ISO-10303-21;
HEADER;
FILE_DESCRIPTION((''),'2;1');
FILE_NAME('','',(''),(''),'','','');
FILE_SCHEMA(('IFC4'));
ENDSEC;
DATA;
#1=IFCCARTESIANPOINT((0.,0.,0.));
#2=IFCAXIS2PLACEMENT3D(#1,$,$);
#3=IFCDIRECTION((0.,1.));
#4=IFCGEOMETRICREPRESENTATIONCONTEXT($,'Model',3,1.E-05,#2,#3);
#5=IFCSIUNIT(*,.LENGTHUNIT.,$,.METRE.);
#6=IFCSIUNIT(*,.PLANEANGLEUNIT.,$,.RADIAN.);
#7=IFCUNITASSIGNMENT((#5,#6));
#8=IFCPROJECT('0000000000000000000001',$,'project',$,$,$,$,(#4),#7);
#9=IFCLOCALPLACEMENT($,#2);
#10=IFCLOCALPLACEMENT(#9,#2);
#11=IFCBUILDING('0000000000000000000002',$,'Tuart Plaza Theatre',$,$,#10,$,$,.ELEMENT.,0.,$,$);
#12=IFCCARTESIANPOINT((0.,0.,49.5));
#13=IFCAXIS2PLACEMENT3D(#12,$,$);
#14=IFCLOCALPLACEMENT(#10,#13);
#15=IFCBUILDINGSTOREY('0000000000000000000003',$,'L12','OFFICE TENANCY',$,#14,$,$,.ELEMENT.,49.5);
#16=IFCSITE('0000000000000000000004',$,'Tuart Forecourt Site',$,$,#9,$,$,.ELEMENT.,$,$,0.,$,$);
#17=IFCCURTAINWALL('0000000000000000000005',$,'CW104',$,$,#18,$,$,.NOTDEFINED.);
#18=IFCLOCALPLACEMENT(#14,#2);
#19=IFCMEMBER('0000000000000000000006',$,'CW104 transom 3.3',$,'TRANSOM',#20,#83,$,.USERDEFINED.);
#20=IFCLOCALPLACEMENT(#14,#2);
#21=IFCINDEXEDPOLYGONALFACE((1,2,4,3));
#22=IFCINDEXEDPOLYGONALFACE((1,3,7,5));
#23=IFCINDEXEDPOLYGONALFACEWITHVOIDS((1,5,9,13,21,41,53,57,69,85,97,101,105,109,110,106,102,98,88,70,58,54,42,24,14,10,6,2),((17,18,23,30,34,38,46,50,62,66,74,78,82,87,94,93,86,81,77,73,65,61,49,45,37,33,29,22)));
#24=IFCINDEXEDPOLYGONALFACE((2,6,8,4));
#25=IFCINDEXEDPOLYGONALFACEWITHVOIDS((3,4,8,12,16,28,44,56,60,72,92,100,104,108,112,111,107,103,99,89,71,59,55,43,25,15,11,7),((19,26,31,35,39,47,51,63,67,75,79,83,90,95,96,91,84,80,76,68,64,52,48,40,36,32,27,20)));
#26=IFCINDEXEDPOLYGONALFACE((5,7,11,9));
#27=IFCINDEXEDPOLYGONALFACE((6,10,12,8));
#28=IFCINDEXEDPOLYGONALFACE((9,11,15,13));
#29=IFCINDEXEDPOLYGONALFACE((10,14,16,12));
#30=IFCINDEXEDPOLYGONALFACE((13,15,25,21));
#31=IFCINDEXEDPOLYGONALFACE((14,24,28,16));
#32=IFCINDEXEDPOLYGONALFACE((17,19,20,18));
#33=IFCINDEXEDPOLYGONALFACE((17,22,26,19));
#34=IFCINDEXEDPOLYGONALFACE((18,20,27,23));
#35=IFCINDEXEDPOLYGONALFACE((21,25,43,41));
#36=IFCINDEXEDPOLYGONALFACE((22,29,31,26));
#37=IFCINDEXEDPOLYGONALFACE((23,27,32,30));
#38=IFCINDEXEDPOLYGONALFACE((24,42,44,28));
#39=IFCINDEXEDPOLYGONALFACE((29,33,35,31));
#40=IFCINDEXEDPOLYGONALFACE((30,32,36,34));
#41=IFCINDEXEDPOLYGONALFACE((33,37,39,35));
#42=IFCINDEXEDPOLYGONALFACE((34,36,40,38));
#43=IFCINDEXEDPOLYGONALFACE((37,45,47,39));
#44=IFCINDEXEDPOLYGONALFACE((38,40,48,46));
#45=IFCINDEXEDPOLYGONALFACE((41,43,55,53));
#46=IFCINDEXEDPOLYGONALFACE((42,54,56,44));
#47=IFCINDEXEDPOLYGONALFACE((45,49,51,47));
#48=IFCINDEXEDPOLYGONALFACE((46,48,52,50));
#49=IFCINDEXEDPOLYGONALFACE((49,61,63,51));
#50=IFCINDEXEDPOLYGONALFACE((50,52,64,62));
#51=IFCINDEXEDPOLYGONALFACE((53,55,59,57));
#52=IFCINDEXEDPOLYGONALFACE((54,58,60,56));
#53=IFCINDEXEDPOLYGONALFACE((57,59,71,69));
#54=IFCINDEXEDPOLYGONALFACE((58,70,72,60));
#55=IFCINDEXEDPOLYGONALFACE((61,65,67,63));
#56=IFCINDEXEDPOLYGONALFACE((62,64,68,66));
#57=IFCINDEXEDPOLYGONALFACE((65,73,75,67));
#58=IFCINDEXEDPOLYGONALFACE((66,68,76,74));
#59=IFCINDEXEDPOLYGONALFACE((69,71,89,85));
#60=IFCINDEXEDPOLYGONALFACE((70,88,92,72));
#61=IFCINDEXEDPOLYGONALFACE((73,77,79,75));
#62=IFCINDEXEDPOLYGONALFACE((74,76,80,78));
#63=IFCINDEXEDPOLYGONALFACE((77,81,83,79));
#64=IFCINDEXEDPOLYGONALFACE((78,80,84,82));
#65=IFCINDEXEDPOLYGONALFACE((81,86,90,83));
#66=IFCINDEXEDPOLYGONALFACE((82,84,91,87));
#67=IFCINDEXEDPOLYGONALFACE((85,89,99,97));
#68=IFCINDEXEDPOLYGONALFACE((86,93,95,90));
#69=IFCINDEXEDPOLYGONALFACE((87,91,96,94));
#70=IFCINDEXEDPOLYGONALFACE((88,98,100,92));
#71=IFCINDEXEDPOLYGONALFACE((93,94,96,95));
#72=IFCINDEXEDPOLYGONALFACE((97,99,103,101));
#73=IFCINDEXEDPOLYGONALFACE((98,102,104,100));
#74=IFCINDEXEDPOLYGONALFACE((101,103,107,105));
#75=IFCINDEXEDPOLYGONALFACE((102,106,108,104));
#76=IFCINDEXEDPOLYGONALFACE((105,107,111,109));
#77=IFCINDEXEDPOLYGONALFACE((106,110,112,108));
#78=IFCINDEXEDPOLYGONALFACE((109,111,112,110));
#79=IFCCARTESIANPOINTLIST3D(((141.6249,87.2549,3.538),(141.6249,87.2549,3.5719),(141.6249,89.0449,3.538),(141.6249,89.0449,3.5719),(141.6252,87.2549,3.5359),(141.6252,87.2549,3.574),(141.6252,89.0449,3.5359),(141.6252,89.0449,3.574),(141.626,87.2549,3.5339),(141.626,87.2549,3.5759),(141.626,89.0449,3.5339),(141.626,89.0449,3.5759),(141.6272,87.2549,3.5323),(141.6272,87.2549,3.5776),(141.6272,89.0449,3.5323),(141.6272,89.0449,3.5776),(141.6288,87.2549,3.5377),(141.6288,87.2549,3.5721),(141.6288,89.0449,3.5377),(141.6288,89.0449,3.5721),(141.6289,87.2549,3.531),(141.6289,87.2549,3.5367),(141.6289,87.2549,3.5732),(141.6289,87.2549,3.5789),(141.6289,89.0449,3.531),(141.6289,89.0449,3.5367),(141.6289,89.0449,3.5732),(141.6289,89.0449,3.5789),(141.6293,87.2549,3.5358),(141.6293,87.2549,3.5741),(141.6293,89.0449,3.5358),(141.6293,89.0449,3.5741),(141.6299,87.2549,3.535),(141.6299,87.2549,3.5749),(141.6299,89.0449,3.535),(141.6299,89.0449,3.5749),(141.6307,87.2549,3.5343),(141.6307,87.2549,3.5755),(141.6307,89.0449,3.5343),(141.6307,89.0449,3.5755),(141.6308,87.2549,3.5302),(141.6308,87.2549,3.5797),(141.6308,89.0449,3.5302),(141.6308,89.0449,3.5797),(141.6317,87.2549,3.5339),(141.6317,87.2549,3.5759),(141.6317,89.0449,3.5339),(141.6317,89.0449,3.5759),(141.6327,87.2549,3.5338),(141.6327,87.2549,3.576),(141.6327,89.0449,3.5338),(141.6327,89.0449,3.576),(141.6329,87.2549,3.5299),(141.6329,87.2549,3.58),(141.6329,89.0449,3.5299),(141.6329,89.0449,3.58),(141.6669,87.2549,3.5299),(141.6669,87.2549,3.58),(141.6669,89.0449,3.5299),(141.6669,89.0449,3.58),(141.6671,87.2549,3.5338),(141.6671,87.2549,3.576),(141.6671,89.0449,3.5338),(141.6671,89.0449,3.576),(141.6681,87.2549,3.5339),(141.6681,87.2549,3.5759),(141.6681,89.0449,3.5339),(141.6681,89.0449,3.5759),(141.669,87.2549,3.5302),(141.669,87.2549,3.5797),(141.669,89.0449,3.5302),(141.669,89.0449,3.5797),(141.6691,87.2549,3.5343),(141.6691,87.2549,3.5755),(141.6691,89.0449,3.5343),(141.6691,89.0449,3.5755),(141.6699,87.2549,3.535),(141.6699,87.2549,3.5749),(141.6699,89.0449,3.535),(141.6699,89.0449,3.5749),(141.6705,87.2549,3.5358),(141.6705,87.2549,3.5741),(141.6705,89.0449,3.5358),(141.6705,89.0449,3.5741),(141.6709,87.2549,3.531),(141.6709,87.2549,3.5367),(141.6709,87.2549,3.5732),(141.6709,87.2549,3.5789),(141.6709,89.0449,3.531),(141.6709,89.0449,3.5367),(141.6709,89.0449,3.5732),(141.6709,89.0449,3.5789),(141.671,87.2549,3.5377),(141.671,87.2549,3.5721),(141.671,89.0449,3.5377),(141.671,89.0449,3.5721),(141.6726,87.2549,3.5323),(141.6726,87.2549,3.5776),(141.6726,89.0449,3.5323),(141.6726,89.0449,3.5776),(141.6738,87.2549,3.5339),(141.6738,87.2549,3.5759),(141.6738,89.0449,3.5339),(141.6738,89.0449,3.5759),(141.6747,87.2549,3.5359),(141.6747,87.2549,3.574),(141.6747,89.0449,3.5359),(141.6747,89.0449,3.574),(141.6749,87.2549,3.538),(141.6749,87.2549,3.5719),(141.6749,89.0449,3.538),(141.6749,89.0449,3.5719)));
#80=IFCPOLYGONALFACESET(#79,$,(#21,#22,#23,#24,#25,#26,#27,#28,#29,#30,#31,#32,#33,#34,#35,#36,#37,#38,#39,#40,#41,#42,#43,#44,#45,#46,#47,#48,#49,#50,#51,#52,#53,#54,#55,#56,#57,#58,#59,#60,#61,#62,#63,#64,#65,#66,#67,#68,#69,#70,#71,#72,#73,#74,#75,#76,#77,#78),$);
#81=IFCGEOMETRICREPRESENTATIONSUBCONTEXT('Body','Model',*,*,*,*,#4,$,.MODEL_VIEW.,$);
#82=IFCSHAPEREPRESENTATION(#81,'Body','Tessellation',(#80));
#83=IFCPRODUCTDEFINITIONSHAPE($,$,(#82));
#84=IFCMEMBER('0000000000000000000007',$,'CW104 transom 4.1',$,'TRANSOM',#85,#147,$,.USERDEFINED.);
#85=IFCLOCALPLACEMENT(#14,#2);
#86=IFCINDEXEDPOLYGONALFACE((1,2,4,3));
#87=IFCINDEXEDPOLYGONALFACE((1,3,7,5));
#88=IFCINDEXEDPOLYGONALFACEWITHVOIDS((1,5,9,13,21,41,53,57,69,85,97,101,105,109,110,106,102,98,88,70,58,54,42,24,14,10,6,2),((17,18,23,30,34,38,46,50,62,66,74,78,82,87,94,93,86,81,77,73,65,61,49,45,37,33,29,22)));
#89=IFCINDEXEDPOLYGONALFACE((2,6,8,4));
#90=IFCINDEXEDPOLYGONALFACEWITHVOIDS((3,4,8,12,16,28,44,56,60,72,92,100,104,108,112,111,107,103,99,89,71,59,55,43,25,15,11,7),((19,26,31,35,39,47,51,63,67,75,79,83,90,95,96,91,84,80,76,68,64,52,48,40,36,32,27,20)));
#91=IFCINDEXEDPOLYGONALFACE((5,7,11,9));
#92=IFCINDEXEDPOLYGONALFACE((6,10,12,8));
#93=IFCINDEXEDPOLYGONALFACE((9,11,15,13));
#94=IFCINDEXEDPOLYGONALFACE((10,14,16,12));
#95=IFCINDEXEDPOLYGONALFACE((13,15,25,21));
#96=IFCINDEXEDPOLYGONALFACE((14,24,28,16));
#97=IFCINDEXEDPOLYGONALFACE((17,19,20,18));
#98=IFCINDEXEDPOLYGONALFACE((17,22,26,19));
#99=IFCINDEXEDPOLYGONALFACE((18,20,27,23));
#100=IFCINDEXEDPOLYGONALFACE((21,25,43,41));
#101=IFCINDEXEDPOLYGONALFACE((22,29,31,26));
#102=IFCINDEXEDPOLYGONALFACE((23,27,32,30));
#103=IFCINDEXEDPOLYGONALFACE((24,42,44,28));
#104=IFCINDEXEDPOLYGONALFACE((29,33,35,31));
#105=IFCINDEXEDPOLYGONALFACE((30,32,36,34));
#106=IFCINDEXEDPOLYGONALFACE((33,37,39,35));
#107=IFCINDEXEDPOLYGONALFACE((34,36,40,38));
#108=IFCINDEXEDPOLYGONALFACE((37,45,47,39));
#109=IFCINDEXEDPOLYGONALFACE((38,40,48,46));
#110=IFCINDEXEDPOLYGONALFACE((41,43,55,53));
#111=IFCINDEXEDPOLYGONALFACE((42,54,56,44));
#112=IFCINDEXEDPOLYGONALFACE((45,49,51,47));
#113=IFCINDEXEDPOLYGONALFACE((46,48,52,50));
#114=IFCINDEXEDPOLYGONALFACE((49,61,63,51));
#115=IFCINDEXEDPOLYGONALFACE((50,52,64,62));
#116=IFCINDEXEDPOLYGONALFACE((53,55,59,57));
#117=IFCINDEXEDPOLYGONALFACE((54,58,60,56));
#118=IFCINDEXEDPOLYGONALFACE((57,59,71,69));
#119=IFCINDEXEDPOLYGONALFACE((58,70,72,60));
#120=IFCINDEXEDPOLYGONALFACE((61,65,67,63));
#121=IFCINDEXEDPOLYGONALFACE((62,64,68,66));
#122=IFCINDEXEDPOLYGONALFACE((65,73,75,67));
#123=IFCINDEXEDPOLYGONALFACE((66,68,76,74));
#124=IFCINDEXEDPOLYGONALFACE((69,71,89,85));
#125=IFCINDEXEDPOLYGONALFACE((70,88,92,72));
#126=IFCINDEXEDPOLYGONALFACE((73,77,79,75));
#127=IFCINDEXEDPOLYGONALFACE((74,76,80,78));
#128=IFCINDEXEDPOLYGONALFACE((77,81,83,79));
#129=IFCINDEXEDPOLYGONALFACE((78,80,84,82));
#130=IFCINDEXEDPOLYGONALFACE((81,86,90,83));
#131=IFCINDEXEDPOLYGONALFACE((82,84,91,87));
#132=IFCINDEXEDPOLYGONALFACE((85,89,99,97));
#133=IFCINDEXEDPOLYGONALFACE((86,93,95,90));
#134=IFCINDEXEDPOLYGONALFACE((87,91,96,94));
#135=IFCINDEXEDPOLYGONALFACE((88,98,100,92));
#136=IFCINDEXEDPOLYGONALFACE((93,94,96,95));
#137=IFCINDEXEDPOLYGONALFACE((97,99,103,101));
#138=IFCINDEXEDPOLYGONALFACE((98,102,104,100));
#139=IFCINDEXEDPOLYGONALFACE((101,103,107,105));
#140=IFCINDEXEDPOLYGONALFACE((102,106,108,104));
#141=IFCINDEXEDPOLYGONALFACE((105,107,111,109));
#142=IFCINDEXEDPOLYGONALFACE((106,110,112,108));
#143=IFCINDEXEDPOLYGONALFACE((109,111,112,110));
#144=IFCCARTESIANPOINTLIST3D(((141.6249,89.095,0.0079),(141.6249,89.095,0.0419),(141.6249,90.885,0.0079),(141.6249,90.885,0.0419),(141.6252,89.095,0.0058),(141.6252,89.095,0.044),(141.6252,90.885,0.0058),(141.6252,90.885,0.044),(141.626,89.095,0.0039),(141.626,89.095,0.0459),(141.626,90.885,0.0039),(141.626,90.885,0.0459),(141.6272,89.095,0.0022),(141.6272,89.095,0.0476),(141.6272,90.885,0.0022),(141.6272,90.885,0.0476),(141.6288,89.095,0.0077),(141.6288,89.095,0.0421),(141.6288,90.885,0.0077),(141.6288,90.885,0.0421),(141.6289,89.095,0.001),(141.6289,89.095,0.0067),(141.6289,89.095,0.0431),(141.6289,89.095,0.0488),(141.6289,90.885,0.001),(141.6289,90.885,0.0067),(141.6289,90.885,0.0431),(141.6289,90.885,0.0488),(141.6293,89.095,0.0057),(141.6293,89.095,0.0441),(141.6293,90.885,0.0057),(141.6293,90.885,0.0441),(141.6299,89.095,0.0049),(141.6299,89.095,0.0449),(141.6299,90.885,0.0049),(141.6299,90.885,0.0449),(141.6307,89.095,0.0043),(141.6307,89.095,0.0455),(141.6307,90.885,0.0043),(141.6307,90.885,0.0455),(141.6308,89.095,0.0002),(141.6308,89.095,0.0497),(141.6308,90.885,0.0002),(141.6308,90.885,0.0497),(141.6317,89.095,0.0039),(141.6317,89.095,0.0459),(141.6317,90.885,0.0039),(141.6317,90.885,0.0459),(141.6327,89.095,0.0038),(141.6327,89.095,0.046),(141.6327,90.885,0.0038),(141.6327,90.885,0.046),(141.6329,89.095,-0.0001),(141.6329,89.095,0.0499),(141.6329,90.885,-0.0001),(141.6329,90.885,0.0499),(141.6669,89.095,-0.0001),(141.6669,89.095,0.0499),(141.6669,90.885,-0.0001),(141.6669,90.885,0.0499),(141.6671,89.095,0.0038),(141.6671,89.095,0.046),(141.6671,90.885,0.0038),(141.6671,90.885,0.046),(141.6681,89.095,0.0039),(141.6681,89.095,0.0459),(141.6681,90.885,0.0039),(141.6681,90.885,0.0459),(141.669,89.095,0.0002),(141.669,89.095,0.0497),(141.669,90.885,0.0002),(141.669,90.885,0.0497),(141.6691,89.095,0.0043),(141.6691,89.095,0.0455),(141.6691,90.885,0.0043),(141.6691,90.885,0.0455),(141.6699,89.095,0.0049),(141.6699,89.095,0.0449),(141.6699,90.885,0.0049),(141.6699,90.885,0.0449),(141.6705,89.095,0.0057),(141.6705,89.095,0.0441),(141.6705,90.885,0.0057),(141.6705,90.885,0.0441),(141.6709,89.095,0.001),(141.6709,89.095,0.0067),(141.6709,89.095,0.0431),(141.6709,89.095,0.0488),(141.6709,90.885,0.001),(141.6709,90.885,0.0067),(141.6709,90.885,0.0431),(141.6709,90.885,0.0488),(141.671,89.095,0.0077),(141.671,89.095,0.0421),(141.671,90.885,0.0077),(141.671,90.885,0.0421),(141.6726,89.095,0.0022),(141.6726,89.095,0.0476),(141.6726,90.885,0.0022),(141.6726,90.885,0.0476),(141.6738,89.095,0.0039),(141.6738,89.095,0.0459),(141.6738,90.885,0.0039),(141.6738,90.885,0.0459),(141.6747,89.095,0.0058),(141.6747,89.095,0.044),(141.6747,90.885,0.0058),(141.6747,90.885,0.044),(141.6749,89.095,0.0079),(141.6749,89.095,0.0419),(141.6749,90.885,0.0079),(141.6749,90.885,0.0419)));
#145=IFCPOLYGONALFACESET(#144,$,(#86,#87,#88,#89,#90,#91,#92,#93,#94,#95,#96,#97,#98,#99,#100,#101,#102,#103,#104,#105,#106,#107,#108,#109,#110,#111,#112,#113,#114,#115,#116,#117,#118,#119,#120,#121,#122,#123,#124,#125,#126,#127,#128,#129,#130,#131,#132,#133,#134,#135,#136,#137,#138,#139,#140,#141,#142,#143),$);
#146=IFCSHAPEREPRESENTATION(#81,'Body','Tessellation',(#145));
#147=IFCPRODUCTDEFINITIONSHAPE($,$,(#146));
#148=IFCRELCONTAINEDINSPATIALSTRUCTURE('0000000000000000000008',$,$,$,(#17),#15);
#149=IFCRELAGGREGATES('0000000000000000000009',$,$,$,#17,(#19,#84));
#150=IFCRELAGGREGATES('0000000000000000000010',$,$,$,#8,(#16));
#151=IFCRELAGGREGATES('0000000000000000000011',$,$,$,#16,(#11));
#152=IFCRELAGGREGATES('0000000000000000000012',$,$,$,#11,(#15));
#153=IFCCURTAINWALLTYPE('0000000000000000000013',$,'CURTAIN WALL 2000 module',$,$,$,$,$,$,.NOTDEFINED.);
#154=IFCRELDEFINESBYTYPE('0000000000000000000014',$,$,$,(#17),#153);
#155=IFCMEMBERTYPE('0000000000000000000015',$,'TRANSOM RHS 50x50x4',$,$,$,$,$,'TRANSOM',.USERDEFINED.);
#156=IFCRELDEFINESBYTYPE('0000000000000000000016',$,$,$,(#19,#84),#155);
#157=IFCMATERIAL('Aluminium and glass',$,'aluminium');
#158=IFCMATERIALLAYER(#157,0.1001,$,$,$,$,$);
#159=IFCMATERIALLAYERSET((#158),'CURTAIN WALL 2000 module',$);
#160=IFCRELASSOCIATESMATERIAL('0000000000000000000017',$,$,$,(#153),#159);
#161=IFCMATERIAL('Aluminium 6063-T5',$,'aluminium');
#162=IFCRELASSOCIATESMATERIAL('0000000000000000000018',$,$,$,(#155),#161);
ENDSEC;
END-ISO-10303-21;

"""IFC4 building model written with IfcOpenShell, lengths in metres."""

from ifc_helpers import new_model, si_unit, direction, frame, origin, origin_2d, place, context, subcontext, project, spatial, hollow_rectangle, extrude, material, layer, layer_set, material_profile, profile_set, type_object, element, aggregate, save


model = new_model("IFC4")

# Units and contexts
model_context = context("Model", 3, precision=1e-05, world=origin(), true_north=direction((0.0, 1.0)))
body_context = subcontext(model_context, "Body", "Model", "MODEL_VIEW")
ifc_project = project(units=[si_unit("LENGTHUNIT", "METRE"), si_unit("PLANEANGLEUNIT", "RADIAN")], contexts=[model_context])

# Site, building, storey
site_placement = place(None, origin())
site = spatial("IfcSite", under=ifc_project, at=site_placement, Name="Tuart Forecourt Site", CompositionType="ELEMENT", RefElevation=0.0)
building_placement = place(site_placement, origin())
building = spatial("IfcBuilding", under=site, at=building_placement, Name="Tuart Plaza Theatre", CompositionType="ELEMENT", ElevationOfRefHeight=0.0)
storey_placement = place(building_placement, frame((0.0, 0.0, 49.5)))
storey = spatial("IfcBuildingStorey", under=building, at=storey_placement, Name="L12", Description="OFFICE TENANCY", CompositionType="ELEMENT", Elevation=49.5)

# Curtain wall, members
ifc_material_1 = material(Name="Aluminium and glass", Category="aluminium")
ifc_layer_1 = layer(ifc_material_1, 0.1001)
ifc_layer_set_1 = layer_set([ifc_layer_1], Name="CURTAIN WALL 2000 module")
curtain_wall_type = type_object("IfcCurtainWallType", Name="CURTAIN WALL 2000 module", PredefinedType="NOTDEFINED", material=ifc_layer_set_1)
curtain_wall_placement = place(storey_placement, origin())
curtain_wall = element("IfcCurtainWall", 1, at=curtain_wall_placement, inside=storey, type_object=curtain_wall_type, Name="CW104", PredefinedType="NOTDEFINED")
ifc_material_2 = material(Name="Aluminium 6063-T5", Category="aluminium")
ifc_material_profile_1 = material_profile(ifc_material_2, hollow_rectangle(XDim=0.05, YDim=0.05, WallThickness=0.0039, InnerFilletRadius=0.0039, OuterFilletRadius=0.0081, at=origin_2d()), Name="RHS 50x50x4")
ifc_profile_set_1 = profile_set([ifc_material_profile_1], Name="Aluminium 6063-T5")
member_type_1 = type_object("IfcMemberType", Name="TRANSOM RHS 50x50x4", ElementType="TRANSOM", PredefinedType="USERDEFINED", material=ifc_profile_set_1)
member_1_placement = place(storey_placement, frame((141.6499, 87.2549, 3.5549), z_axis=(0.0, 1.0, 0.0), x_axis=(-1.0, 0.0, 0.0)))
member_1 = element("IfcMember", 2, at=member_1_placement, type_object=member_type_1, Name="CW104 transom 3.3", ObjectType="TRANSOM", PredefinedType="USERDEFINED", context=body_context, shape_type="SweptSolid", body=[
    extrude(hollow_rectangle(XDim=0.05, YDim=0.05, WallThickness=0.0039, InnerFilletRadius=0.0039, OuterFilletRadius=0.0081, at=origin_2d()), origin(), (0.0, 0.0, 1.0), 1.79),
])
member_2_placement = place(storey_placement, frame((141.6499, 89.095, 0.0249), z_axis=(0.0, 1.0, 0.0), x_axis=(-1.0, 0.0, 0.0)))
member_2 = element("IfcMember", 3, at=member_2_placement, type_object=member_type_1, Name="CW104 transom 4.1", ObjectType="TRANSOM", PredefinedType="USERDEFINED", context=body_context, shape_type="SweptSolid", body=[
    extrude(hollow_rectangle(XDim=0.05, YDim=0.05, WallThickness=0.0039, InnerFilletRadius=0.0039, OuterFilletRadius=0.0081, at=origin_2d()), origin(), (0.0, 0.0, 1.0), 1.79),
])
aggregate(curtain_wall, [member_1, member_2])

save(model, "model.ifc")
